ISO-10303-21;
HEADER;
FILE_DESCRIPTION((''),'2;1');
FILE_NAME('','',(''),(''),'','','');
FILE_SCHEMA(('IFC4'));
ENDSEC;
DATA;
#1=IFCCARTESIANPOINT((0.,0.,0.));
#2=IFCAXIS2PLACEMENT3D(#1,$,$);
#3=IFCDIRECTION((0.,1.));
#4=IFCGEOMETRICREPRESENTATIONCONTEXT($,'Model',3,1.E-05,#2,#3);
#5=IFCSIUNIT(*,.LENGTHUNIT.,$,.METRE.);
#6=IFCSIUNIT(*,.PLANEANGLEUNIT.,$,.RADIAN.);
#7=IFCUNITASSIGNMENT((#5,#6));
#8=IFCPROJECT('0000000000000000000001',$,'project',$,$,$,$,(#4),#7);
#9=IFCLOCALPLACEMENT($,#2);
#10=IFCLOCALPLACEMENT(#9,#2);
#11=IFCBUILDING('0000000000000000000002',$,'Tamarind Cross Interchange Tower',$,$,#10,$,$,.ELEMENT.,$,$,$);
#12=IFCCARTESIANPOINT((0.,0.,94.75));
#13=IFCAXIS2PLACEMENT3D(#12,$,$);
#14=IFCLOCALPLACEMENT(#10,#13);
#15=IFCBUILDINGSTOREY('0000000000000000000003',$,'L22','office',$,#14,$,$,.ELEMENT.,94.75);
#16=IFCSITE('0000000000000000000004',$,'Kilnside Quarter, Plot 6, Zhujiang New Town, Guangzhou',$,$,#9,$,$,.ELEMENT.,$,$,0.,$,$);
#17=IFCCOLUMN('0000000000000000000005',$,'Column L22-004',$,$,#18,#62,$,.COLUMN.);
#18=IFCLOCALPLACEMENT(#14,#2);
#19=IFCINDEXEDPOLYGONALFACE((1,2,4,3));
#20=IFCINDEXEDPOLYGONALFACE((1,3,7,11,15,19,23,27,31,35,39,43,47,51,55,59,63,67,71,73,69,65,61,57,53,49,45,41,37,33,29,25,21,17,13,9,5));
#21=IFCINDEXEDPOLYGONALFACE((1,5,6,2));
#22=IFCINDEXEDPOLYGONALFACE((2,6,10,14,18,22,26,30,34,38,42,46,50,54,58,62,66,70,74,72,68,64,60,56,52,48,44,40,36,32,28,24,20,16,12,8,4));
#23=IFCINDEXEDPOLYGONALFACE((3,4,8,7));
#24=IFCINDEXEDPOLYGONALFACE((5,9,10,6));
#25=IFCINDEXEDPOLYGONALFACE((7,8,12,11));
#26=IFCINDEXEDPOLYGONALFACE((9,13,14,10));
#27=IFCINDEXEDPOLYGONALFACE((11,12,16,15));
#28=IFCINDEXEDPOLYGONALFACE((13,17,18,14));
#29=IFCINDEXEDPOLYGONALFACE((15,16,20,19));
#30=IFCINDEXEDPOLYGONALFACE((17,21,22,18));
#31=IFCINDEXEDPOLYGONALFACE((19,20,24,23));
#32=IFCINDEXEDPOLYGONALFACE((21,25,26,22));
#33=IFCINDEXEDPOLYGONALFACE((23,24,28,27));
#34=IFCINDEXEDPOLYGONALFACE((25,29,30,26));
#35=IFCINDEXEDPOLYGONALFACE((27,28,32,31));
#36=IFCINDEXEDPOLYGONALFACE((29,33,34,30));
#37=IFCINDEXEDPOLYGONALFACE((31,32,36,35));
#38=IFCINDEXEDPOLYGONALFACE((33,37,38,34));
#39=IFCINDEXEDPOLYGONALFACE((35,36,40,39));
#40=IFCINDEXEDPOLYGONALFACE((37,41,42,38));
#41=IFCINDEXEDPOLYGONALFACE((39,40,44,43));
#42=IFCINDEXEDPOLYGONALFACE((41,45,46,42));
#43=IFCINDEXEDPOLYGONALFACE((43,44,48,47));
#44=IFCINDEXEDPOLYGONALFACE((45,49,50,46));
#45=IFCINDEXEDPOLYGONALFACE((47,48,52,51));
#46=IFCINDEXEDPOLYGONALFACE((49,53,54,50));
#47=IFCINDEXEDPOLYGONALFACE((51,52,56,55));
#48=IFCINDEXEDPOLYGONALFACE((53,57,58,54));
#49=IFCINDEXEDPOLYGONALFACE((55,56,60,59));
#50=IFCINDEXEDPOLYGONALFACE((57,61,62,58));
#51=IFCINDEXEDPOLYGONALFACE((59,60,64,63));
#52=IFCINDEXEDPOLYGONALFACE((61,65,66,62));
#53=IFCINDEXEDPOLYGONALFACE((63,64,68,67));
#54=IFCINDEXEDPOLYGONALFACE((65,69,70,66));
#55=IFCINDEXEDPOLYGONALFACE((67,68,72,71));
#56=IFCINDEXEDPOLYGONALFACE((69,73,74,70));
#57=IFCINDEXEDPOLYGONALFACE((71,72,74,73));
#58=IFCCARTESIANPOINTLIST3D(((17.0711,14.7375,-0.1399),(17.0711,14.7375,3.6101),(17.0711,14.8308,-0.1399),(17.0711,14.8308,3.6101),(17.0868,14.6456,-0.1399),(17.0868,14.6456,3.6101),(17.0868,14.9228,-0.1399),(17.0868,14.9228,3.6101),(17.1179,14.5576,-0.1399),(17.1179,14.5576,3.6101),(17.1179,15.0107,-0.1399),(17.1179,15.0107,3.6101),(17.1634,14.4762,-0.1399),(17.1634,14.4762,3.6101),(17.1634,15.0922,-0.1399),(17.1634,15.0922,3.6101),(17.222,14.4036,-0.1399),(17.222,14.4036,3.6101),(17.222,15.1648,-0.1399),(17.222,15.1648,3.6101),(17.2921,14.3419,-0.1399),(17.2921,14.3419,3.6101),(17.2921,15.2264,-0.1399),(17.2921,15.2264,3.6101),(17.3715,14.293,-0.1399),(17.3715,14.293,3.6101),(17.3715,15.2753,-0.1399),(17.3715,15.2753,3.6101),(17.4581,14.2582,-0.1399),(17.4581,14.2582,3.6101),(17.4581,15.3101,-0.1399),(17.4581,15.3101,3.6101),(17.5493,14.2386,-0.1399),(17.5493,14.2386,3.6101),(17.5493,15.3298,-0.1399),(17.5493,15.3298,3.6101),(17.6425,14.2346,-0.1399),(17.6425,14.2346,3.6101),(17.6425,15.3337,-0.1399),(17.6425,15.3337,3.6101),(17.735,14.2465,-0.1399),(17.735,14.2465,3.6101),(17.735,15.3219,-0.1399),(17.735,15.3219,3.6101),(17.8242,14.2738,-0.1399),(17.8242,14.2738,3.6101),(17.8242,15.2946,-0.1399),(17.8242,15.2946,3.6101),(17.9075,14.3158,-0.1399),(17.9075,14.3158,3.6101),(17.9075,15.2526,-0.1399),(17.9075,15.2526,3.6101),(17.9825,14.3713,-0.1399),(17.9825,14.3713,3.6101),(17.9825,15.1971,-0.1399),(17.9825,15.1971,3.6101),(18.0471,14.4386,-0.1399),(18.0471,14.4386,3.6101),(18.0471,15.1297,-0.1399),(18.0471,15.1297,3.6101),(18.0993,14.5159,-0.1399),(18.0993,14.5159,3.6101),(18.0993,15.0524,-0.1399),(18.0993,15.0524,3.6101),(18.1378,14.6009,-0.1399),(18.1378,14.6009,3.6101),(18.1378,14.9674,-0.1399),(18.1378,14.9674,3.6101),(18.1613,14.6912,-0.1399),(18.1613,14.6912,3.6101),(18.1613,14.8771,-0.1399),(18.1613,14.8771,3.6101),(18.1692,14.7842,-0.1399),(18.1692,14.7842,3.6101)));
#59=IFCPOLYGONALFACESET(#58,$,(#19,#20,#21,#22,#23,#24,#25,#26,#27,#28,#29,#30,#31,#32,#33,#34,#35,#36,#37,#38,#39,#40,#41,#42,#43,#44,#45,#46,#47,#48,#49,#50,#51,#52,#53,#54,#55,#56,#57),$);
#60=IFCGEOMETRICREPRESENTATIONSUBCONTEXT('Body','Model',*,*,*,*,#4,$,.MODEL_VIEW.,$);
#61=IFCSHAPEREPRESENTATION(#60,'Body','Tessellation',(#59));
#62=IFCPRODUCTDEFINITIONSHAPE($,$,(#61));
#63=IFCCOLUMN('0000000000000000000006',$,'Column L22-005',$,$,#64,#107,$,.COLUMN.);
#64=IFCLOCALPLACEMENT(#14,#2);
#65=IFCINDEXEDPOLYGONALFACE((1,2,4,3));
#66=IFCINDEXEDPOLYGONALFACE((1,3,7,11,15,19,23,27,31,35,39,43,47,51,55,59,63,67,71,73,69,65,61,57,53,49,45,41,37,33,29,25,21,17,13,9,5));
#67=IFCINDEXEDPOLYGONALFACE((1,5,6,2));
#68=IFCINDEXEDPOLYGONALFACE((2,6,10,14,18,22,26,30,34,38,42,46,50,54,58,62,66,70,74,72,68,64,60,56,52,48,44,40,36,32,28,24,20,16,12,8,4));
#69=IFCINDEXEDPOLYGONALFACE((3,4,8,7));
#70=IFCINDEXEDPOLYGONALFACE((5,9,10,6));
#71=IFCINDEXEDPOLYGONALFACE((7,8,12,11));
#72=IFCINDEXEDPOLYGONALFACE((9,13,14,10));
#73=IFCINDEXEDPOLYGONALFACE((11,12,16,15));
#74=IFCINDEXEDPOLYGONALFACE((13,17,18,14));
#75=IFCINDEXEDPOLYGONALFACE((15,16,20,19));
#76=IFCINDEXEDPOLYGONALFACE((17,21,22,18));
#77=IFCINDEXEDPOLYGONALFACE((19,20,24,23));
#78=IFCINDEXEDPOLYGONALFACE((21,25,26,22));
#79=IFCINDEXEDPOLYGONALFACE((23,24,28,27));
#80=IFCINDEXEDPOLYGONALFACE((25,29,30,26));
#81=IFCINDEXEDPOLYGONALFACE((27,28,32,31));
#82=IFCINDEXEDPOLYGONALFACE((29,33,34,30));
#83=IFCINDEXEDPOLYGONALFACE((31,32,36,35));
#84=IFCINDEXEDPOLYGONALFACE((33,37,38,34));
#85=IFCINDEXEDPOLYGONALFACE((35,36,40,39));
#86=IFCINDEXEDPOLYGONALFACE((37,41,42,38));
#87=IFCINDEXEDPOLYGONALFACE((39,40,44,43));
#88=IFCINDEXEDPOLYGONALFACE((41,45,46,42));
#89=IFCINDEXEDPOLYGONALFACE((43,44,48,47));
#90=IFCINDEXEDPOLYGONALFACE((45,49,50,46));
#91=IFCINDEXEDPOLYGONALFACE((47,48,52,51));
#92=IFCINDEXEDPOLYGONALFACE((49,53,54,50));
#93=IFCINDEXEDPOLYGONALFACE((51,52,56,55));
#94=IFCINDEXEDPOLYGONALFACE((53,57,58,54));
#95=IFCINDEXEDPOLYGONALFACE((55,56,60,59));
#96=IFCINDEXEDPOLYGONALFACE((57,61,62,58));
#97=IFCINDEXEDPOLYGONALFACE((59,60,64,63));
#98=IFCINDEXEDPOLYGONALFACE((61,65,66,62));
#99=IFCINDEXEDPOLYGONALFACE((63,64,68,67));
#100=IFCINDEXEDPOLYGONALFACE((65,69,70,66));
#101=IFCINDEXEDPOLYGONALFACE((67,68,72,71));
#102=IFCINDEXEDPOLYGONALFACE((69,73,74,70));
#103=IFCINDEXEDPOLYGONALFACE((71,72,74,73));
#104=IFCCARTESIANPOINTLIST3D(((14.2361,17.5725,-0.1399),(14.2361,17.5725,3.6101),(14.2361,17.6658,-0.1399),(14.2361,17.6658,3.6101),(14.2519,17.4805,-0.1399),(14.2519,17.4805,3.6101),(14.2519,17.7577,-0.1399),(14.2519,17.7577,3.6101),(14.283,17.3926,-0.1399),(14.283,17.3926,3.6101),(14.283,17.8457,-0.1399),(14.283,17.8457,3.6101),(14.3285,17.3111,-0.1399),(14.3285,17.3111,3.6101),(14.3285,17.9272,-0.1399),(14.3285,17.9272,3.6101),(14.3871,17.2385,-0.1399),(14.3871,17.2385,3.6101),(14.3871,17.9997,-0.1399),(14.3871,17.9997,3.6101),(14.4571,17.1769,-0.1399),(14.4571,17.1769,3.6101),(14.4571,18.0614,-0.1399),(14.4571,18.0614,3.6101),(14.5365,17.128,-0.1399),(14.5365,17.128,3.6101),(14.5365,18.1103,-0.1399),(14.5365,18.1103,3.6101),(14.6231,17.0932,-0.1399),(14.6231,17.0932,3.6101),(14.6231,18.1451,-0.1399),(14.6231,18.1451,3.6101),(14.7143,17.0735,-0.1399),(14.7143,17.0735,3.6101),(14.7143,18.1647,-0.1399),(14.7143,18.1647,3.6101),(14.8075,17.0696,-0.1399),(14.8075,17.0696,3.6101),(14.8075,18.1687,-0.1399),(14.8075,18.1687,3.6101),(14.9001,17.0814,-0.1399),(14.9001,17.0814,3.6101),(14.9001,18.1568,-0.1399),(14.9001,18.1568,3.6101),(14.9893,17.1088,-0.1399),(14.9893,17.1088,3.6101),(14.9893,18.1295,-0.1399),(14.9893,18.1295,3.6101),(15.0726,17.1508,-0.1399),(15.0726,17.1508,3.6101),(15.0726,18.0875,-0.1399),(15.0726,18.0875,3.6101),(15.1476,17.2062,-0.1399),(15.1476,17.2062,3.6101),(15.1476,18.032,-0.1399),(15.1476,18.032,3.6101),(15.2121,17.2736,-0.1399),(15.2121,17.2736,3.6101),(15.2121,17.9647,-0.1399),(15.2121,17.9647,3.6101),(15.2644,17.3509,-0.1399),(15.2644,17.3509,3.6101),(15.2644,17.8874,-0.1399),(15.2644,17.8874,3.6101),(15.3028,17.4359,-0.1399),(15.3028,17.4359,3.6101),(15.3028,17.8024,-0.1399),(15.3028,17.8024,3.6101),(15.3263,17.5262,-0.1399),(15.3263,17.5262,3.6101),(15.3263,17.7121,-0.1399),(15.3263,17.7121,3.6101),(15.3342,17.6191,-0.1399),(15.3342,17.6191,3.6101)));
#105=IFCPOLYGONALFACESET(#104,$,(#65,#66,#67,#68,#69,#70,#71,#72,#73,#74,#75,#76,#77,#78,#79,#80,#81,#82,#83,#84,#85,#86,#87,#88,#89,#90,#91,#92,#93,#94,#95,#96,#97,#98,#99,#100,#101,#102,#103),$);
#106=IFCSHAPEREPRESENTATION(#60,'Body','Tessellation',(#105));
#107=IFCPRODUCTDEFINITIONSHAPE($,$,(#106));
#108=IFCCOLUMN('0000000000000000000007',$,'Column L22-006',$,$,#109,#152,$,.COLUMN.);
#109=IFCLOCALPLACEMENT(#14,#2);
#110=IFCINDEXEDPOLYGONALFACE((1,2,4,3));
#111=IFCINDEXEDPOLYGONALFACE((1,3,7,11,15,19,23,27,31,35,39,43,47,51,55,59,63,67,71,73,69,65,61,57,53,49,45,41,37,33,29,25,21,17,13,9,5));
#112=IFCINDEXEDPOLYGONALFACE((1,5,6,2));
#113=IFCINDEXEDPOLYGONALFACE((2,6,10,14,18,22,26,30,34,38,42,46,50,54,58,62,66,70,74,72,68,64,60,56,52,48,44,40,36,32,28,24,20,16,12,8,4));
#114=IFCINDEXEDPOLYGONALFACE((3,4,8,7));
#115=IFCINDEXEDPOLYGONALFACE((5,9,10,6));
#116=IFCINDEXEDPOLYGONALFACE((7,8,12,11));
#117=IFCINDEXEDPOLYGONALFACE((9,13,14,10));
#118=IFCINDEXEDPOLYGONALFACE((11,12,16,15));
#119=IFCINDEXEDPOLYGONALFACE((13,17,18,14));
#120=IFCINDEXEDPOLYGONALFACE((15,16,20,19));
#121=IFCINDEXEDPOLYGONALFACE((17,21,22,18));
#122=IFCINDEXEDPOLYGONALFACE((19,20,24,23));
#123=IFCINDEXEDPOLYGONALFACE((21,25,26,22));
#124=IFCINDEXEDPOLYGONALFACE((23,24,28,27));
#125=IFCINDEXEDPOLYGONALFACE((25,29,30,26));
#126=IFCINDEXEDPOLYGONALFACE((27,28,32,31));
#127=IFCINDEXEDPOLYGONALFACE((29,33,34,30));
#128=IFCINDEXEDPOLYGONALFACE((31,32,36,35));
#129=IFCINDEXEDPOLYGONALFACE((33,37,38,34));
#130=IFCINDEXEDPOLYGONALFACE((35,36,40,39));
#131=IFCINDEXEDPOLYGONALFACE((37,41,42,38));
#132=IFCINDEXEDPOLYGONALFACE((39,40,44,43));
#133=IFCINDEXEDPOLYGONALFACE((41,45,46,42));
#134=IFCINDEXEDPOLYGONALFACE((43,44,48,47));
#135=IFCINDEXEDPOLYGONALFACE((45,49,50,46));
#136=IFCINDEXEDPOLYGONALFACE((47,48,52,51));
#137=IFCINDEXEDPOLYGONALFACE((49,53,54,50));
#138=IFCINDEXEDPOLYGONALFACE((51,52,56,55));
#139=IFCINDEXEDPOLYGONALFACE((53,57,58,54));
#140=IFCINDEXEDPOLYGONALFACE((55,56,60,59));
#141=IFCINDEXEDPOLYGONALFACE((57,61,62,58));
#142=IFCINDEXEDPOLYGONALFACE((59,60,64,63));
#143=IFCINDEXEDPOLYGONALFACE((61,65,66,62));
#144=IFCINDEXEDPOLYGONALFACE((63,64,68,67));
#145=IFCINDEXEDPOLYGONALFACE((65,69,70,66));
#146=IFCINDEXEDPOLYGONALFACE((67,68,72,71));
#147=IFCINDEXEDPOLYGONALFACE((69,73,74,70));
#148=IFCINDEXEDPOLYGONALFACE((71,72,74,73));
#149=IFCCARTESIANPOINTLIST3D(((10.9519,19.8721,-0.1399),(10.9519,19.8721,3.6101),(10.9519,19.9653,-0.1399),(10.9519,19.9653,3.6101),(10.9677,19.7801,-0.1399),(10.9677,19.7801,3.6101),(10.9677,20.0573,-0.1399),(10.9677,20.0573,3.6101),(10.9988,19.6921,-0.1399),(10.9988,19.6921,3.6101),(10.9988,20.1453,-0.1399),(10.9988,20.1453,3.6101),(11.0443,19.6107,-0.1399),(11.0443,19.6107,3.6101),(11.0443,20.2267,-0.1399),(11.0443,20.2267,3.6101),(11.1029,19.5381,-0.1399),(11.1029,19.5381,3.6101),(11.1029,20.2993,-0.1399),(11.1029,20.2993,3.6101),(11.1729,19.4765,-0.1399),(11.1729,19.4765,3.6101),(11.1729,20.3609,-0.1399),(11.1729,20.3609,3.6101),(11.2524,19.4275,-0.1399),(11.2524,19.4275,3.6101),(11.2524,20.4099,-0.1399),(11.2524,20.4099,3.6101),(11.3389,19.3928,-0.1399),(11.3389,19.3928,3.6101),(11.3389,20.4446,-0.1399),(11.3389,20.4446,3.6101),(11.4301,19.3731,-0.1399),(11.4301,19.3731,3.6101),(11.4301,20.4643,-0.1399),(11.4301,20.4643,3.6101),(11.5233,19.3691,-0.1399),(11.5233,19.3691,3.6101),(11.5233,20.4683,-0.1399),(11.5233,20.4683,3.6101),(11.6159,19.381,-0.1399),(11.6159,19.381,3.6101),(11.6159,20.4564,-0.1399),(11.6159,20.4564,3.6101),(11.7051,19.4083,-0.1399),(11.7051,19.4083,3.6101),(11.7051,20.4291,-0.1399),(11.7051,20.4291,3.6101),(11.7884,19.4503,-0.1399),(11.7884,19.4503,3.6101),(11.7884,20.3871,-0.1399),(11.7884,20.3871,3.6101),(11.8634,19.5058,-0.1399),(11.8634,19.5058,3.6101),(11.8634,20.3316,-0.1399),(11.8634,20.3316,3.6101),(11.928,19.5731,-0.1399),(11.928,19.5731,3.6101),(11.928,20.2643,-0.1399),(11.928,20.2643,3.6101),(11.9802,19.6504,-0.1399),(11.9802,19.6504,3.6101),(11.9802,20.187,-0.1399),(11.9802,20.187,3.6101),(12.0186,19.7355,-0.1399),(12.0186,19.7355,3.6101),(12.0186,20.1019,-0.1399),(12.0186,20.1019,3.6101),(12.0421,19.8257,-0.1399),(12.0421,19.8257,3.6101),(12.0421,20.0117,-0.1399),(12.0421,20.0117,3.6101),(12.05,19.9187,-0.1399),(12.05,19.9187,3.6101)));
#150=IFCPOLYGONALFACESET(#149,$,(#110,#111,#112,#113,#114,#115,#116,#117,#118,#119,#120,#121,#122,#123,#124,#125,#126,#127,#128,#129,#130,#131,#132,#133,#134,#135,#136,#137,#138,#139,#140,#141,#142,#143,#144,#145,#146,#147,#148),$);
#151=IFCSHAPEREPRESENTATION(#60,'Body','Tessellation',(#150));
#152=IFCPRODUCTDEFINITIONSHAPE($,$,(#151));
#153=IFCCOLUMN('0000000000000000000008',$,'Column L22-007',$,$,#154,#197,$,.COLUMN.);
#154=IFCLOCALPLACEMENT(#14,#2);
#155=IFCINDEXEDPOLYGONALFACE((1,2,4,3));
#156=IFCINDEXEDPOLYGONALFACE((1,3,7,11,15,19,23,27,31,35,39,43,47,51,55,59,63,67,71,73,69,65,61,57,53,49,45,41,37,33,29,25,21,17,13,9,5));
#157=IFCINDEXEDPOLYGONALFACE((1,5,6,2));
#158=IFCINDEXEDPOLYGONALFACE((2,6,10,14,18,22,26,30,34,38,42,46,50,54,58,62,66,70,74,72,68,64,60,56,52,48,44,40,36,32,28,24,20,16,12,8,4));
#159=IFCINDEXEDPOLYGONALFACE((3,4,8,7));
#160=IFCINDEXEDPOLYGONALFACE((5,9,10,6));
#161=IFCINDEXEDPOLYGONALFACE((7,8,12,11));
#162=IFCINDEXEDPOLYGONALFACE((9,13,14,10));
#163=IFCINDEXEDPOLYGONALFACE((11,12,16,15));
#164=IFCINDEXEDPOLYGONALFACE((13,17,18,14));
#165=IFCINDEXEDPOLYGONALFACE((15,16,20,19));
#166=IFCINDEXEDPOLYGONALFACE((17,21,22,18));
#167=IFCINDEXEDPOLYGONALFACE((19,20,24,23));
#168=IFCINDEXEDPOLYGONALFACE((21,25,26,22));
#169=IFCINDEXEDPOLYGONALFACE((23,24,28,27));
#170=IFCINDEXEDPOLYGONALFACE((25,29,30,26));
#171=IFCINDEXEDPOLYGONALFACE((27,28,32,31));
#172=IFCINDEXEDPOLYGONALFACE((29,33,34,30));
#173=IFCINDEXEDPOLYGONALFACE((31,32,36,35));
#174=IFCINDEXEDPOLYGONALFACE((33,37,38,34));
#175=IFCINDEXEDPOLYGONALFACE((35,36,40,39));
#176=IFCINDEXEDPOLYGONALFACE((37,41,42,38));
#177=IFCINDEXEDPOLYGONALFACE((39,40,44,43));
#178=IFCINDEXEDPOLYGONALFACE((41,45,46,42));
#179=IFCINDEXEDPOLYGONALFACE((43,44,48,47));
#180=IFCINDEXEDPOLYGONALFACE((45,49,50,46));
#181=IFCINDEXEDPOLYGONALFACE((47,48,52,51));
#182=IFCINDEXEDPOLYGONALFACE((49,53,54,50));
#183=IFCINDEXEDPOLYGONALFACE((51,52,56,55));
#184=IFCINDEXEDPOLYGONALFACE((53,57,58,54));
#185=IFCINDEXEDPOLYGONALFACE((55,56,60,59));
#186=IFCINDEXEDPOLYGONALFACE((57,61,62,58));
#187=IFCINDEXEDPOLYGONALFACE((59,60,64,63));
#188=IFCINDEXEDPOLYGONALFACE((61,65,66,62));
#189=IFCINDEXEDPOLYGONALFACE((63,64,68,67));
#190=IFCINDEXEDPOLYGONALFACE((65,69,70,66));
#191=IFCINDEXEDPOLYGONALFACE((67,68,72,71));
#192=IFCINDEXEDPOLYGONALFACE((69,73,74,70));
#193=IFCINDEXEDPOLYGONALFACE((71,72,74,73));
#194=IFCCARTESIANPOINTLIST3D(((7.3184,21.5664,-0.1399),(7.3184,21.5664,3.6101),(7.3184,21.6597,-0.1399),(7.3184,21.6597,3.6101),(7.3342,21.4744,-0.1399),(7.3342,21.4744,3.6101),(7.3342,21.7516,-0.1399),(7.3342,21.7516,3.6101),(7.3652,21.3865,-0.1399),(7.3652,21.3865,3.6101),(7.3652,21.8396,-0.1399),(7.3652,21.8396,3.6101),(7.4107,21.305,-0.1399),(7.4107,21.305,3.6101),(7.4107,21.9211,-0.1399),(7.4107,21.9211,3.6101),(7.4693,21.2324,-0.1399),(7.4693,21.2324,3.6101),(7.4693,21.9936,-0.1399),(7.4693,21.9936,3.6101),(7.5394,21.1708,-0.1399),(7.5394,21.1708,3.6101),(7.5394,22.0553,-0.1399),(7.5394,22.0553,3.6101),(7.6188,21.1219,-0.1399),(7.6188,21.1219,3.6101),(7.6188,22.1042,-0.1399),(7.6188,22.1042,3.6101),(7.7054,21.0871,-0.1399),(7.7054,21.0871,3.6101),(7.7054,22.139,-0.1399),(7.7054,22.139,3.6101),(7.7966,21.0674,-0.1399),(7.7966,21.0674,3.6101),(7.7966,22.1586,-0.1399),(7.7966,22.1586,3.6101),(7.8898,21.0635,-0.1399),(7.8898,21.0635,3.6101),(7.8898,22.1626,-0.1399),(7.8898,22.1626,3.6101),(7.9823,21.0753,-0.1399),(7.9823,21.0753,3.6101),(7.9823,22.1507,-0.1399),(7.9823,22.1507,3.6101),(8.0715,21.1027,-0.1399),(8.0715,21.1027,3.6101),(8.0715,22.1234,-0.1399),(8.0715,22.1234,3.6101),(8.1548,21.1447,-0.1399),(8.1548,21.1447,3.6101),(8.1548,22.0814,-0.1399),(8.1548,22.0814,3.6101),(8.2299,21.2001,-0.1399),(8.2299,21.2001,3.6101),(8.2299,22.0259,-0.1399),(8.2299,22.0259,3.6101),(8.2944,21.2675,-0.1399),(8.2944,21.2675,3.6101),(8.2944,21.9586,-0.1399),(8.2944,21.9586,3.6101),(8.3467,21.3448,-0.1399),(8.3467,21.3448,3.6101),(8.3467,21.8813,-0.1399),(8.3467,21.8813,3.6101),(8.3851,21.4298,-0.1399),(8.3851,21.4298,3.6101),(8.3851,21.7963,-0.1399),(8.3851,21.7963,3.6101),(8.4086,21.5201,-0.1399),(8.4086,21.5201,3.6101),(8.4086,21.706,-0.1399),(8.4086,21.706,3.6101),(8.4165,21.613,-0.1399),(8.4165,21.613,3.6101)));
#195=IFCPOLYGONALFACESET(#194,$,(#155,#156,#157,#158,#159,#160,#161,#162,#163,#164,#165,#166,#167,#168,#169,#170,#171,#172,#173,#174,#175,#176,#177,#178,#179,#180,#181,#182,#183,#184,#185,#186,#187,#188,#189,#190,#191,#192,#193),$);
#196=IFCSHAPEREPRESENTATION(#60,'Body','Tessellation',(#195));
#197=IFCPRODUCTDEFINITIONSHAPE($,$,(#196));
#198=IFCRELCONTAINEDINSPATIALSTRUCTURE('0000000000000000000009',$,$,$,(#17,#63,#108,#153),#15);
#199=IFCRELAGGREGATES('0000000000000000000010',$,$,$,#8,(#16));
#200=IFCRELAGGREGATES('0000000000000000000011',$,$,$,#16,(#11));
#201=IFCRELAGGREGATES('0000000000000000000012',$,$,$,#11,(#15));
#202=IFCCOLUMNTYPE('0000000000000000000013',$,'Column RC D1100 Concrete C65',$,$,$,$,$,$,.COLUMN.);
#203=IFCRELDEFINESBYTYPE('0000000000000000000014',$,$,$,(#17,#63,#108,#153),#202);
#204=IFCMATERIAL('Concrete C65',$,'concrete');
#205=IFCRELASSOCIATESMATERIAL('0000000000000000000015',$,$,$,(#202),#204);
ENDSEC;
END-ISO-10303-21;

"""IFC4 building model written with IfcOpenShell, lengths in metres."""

from ifc_helpers import new_model, si_unit, direction, frame, origin, origin_2d, place, context, subcontext, project, spatial, circle, extrude, material, material_profile, profile_set, type_object, element, save


model = new_model("IFC4")

# Units and contexts
model_context = context("Model", 3, precision=1e-05, world=origin(), true_north=direction((0.0, 1.0)))
body_context = subcontext(model_context, "Body", "Model", "MODEL_VIEW")
ifc_project = project(units=[si_unit("LENGTHUNIT", "METRE"), si_unit("PLANEANGLEUNIT", "RADIAN")], contexts=[model_context])

# Site, building, storey
site_placement = place(None, origin())
site = spatial("IfcSite", under=ifc_project, at=site_placement, Name="Kilnside Quarter, Plot 6, Zhujiang New Town, Guangzhou", CompositionType="ELEMENT", RefElevation=0.0)
building_placement = place(site_placement, origin())
building = spatial("IfcBuilding", under=site, at=building_placement, Name="Tamarind Cross Interchange Tower", CompositionType="ELEMENT")
storey_placement = place(building_placement, frame((0.0, 0.0, 94.75)))
storey = spatial("IfcBuildingStorey", under=building, at=storey_placement, Name="L22", Description="office", CompositionType="ELEMENT", Elevation=94.75)

# Columns
ifc_material_1 = material(Name="Concrete C65", Category="concrete")
ifc_material_profile_1 = material_profile(ifc_material_1, circle(Radius=0.55, at=origin_2d()), Name="RC D1100")
ifc_profile_set_1 = profile_set([ifc_material_profile_1], Name="Concrete C65")
column_type = type_object("IfcColumnType", Name="Column RC D1100 Concrete C65", PredefinedType="COLUMN", material=ifc_profile_set_1)
for number, where, z_axis, x_axis, name in (
    (1, (17.6191, 14.7842, -0.1399), (0.0, 0.0, 1.0), (1.0, 0.0, 0.0), "Column L22-004"),
    (2, (14.7842, 17.6191, -0.1399), (0.0, 0.0, 1.0), (1.0, 0.0, 0.0), "Column L22-005"),
    (3, (11.5, 19.9187, -0.1399), (0.0, 0.0, 1.0), (1.0, 0.0, 0.0), "Column L22-006"),
    (4, (7.8665, 21.613, -0.1399), (0.0, 0.0, 1.0), (1.0, 0.0, 0.0), "Column L22-007"),
):
    element("IfcColumn", number, at=place(storey_placement, frame(where, z_axis=z_axis, x_axis=x_axis)), inside=storey, type_object=column_type, Name=name, PredefinedType="COLUMN", context=body_context, shape_type="SweptSolid", body=[
        extrude(circle(Radius=0.55, at=origin_2d()), origin(), (0.0, 0.0, 1.0), 3.75),
    ])

save(model, "model.ifc")
